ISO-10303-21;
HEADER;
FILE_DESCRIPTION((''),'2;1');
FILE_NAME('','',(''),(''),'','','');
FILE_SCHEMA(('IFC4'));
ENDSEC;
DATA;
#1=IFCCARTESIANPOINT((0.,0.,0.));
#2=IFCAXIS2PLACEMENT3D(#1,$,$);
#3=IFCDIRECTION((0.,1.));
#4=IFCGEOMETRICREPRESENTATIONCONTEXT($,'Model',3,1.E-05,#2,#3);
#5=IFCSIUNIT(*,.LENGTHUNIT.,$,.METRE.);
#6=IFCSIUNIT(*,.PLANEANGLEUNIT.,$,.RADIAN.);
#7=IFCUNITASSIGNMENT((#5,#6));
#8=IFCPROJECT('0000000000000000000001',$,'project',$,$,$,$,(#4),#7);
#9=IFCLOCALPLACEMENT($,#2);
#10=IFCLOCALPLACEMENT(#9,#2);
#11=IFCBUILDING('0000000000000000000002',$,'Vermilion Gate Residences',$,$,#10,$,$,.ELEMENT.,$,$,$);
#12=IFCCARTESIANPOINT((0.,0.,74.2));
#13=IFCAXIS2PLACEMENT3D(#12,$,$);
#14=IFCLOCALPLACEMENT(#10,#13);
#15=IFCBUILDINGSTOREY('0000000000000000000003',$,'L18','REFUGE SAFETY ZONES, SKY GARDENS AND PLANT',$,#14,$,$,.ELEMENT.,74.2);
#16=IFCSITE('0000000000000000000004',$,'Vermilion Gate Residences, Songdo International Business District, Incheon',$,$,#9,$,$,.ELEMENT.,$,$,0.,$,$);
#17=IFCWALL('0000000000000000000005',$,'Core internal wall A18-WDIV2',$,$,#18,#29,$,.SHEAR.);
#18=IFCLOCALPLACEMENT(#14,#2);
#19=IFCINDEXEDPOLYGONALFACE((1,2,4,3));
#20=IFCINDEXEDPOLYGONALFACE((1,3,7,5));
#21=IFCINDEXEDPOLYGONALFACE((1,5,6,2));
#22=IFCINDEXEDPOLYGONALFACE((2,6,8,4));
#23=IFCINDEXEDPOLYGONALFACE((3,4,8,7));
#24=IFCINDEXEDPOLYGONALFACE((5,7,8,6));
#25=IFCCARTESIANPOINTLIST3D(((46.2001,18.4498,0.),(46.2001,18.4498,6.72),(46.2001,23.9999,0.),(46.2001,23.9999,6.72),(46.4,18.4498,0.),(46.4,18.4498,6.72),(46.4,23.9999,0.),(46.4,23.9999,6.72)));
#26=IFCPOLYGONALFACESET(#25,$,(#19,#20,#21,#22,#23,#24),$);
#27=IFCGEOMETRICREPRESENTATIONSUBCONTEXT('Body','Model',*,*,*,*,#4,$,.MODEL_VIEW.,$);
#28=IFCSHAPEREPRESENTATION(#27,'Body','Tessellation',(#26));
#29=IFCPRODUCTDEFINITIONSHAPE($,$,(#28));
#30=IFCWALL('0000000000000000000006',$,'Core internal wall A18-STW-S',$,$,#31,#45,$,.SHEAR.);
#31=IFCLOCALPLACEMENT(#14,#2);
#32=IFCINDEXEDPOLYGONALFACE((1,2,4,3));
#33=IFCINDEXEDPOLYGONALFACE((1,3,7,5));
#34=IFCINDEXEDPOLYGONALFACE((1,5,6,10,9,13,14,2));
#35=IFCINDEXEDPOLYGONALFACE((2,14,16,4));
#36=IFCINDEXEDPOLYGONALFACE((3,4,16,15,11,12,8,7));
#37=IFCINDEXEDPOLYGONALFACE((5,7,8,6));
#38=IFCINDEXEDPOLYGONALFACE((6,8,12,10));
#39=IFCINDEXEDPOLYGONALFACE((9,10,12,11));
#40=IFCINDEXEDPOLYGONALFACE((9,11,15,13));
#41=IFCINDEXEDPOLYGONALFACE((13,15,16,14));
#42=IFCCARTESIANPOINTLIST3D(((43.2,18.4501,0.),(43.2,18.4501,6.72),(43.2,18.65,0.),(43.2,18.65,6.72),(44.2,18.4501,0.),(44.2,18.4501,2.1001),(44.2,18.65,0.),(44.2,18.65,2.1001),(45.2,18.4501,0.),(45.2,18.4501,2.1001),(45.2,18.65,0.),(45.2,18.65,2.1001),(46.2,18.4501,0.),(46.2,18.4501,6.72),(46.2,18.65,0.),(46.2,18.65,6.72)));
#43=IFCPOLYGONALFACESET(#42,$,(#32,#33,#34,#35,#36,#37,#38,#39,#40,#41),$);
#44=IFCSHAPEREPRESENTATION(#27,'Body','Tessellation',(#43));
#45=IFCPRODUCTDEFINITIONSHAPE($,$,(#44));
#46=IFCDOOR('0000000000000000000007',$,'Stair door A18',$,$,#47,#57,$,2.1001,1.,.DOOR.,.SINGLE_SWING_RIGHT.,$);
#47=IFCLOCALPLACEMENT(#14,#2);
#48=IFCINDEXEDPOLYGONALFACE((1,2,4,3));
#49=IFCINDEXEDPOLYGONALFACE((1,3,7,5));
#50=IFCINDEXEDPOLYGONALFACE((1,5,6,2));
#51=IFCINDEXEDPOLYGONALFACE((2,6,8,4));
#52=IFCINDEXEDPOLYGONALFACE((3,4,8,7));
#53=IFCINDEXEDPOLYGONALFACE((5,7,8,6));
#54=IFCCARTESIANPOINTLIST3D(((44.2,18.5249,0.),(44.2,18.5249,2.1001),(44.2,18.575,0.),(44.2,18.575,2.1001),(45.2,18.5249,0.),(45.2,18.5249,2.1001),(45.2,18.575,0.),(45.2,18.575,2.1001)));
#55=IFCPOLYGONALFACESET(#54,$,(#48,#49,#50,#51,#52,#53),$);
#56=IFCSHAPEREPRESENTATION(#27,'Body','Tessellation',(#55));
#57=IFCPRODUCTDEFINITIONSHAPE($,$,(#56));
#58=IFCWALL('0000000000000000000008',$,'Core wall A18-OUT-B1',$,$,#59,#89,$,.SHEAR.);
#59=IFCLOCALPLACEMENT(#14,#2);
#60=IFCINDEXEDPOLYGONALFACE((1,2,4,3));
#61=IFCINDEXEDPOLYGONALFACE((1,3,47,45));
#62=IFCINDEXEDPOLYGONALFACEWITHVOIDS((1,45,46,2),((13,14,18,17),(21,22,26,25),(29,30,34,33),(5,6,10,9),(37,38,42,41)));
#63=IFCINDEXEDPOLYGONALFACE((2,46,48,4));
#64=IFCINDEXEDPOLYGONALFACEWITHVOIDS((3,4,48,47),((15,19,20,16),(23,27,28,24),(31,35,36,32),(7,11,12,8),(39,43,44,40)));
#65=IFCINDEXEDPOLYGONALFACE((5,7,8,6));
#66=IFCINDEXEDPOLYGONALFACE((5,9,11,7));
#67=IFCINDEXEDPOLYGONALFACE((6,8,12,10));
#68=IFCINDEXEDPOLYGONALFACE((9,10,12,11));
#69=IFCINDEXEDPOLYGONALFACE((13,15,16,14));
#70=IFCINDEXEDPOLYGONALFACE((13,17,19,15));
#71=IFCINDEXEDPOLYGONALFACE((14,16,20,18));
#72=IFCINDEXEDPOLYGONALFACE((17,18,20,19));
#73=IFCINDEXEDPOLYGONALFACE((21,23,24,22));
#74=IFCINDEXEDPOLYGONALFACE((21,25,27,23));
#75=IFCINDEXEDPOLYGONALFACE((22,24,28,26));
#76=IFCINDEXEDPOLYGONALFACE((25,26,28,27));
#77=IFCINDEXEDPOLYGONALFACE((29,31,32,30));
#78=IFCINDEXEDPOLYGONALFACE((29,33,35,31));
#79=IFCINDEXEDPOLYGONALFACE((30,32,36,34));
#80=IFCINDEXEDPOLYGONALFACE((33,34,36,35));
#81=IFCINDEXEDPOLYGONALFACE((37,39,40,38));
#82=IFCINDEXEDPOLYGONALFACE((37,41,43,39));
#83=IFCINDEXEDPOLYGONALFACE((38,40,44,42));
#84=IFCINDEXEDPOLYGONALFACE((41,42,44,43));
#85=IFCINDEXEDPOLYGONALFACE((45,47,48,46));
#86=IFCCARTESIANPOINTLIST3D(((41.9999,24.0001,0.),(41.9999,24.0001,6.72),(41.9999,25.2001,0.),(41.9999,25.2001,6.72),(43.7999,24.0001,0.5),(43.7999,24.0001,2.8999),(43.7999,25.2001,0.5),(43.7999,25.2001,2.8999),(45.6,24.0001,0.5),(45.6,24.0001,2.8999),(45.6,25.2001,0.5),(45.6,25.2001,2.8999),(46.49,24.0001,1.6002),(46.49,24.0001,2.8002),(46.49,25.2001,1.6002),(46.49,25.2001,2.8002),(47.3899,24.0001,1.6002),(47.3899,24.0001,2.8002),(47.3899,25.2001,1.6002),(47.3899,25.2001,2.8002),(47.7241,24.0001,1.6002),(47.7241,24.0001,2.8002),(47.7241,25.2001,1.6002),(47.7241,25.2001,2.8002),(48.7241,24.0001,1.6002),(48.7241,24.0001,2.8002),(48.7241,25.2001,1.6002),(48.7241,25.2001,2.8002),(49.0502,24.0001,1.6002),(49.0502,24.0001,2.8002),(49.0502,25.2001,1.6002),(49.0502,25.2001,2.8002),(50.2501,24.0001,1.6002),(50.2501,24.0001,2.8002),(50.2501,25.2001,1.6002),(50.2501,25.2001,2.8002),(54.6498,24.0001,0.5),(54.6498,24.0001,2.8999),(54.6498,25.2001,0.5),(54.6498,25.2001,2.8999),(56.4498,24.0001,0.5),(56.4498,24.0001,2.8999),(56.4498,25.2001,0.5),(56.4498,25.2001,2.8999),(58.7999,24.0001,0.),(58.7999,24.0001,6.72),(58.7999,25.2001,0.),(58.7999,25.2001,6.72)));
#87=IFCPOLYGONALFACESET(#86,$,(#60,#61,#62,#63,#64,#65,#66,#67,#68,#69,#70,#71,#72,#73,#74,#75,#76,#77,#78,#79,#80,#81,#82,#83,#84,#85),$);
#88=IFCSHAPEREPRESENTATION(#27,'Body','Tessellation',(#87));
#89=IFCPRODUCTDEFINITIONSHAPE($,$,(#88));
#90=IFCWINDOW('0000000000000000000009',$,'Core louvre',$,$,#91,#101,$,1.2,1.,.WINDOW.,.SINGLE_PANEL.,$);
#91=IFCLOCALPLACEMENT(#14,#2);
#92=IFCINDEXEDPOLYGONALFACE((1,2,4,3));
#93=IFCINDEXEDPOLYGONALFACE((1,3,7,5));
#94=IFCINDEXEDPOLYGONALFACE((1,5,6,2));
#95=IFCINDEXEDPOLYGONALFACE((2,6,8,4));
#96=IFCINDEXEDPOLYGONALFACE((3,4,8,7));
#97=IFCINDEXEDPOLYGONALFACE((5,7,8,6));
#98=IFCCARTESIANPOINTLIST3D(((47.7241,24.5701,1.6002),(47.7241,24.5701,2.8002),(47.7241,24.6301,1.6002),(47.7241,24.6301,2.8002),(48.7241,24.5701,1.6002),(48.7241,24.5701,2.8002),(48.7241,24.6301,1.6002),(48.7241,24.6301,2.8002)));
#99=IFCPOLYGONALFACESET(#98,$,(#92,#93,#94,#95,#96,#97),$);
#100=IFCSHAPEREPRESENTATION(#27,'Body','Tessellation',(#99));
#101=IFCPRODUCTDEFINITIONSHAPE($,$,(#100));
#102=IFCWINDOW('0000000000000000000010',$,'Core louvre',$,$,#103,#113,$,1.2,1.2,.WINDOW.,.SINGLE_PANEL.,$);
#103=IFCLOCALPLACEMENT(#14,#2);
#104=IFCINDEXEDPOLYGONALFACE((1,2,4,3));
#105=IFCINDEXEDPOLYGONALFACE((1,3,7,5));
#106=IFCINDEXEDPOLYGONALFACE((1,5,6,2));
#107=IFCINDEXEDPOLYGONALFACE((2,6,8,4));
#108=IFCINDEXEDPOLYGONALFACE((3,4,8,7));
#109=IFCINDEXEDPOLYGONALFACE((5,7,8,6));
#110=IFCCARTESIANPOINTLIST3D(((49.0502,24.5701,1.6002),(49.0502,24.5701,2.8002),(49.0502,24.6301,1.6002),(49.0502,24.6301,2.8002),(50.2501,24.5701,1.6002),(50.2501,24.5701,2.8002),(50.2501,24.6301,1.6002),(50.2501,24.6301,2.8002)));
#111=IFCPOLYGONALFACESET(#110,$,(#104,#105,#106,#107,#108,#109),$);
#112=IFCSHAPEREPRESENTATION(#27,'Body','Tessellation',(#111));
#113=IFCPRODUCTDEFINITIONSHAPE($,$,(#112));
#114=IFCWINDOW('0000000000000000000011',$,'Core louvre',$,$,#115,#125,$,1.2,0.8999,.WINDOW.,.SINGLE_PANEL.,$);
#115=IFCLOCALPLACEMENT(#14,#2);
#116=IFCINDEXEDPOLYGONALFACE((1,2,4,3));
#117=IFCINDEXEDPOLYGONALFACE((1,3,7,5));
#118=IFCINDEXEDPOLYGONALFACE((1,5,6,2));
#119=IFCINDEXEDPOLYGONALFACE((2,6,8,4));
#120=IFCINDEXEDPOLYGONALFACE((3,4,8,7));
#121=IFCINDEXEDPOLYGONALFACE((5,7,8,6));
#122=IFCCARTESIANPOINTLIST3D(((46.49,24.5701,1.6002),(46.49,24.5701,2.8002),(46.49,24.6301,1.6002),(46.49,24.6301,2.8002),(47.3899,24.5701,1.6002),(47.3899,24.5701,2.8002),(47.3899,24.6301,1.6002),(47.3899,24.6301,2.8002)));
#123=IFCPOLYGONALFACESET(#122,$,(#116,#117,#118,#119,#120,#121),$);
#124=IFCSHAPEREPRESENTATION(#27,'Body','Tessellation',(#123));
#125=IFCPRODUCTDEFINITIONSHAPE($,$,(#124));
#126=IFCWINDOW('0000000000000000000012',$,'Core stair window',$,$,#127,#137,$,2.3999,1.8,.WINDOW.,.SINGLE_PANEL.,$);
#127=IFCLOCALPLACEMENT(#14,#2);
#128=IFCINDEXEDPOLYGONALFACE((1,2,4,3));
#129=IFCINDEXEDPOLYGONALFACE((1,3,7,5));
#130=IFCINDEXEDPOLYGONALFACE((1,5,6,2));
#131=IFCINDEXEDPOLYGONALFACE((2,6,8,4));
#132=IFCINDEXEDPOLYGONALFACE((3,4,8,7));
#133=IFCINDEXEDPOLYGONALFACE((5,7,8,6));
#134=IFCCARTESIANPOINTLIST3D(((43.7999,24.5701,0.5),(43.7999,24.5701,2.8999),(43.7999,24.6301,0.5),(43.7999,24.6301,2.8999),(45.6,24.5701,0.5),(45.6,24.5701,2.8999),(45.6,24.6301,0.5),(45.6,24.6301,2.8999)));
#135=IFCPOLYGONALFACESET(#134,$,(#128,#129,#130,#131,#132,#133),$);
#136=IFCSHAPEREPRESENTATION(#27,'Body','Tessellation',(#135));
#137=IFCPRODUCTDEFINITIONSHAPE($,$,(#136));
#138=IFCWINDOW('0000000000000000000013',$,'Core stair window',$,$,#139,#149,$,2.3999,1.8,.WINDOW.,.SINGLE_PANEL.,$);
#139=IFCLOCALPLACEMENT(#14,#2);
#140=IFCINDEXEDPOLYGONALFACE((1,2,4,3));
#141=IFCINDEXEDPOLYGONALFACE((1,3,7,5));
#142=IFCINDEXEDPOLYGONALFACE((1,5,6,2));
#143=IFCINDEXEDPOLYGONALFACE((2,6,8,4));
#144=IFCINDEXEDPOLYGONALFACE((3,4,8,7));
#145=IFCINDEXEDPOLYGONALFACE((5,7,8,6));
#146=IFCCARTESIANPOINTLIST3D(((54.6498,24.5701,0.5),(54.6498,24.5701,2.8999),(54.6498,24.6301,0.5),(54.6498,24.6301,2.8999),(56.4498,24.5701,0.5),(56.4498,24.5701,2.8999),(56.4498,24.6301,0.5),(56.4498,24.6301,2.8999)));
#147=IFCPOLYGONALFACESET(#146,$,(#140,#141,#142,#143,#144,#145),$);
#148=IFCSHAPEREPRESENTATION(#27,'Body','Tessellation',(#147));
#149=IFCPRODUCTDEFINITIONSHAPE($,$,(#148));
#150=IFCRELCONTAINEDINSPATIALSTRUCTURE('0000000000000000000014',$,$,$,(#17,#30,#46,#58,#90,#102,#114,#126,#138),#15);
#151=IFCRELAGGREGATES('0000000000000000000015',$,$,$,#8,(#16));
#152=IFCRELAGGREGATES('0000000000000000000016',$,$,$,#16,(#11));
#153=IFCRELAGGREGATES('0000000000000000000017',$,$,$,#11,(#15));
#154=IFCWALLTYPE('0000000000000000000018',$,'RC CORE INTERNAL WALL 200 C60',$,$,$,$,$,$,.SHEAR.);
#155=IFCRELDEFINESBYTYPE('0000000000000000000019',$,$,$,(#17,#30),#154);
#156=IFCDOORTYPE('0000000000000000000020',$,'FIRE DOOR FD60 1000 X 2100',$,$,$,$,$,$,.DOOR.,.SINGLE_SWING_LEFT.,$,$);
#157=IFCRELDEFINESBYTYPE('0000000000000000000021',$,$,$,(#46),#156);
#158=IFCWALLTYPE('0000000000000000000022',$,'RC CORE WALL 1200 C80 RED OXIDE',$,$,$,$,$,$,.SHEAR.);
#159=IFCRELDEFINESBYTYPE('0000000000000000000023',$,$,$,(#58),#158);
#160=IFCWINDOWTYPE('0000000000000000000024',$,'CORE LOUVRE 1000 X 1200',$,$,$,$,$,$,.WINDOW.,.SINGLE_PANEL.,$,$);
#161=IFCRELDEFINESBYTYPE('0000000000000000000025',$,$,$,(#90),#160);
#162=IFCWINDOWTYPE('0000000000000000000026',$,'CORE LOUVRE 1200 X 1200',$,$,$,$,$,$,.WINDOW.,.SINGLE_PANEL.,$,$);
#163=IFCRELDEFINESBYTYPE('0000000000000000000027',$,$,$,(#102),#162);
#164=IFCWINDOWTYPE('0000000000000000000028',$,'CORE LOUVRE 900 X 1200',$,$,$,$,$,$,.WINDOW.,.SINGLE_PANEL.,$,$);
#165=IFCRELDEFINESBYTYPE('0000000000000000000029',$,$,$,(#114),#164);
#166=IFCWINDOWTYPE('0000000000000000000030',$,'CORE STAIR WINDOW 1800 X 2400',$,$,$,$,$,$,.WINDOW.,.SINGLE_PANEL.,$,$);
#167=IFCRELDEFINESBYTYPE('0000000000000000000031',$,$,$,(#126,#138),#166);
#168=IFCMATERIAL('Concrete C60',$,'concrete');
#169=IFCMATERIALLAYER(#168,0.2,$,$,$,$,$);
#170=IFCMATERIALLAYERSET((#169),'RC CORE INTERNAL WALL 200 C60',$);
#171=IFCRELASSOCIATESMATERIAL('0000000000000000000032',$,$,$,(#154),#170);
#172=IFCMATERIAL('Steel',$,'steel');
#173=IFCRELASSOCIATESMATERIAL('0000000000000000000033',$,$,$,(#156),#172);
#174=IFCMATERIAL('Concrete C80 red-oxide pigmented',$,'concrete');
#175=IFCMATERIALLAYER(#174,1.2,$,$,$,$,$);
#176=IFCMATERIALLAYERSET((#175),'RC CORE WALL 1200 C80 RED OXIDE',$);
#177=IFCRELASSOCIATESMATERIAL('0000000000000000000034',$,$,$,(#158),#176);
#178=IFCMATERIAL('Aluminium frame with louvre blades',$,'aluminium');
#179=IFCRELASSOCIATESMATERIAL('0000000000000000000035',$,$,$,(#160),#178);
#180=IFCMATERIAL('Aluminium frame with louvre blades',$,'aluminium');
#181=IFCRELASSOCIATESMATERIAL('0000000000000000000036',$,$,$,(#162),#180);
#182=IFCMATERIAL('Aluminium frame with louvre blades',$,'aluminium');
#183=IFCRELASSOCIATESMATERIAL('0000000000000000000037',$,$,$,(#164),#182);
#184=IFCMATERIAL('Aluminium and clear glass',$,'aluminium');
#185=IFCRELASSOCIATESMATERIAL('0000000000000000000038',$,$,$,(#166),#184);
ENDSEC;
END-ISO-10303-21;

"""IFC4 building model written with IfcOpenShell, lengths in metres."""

from ifc_helpers import new_model, si_unit, direction, frame, frame_2d, origin, place, context, subcontext, project, spatial, rectangle, extrude, material, layer, layer_set, type_object, element, fill, save


model = new_model("IFC4")

# Units and contexts
model_context = context("Model", 3, precision=1e-05, world=origin(), true_north=direction((0.0, 1.0)))
body_context = subcontext(model_context, "Body", "Model", "MODEL_VIEW")
ifc_project = project(units=[si_unit("LENGTHUNIT", "METRE"), si_unit("PLANEANGLEUNIT", "RADIAN")], contexts=[model_context])

# Site, building, storey
site_placement = place(None, origin())
site = spatial("IfcSite", under=ifc_project, at=site_placement, Name="Vermilion Gate Residences, Songdo International Business District, Incheon", CompositionType="ELEMENT", RefElevation=0.0)
building_placement = place(site_placement, origin())
building = spatial("IfcBuilding", under=site, at=building_placement, Name="Vermilion Gate Residences", CompositionType="ELEMENT")
storey_placement = place(building_placement, frame((0.0, 0.0, 74.2)))
storey = spatial("IfcBuildingStorey", under=building, at=storey_placement, Name="L18", Description="REFUGE SAFETY ZONES, SKY GARDENS AND PLANT", CompositionType="ELEMENT", Elevation=74.2)

# Wall
ifc_material_1 = material(Name="Concrete C60", Category="concrete")
ifc_layer_1 = layer(ifc_material_1, 0.2)
ifc_layer_set_1 = layer_set([ifc_layer_1], Name="RC CORE INTERNAL WALL 200 C60")
wall_type_1 = type_object("IfcWallType", Name="RC CORE INTERNAL WALL 200 C60", PredefinedType="SHEAR", material=ifc_layer_set_1)
wall_1_placement = place(storey_placement, frame((46.3, 18.45, 0.0), z_axis=(0.0, 0.0, 1.0), x_axis=(0.0, 1.0, 0.0)))
element("IfcWall", 1, at=wall_1_placement, inside=storey, type_object=wall_type_1, Name="Core internal wall A18-WDIV2", PredefinedType="SHEAR", context=body_context, shape_type="SweptSolid", body=[
    extrude(rectangle(XDim=5.55, YDim=0.2, at=frame_2d((2.7749, 0.0))), origin(), (0.0, 0.0, 1.0), 6.72),
])

# Wall, opening, door
wall_2_placement = place(storey_placement, frame((43.2, 18.55, 0.0), z_axis=(0.0, 0.0, 1.0), x_axis=(1.0, 0.0, 0.0)))
wall_2 = element("IfcWall", 2, at=wall_2_placement, inside=storey, type_object=wall_type_1, Name="Core internal wall A18-STW-S", PredefinedType="SHEAR", context=body_context, shape_type="SweptSolid", body=[
    extrude(rectangle(XDim=3.0, YDim=0.2, at=frame_2d((1.5, 0.0))), origin(), (0.0, 0.0, 1.0), 6.72),
])
opening_1_placement = place(wall_2_placement, frame((1.0, 0.0, 0.0)))
opening_1 = element("IfcOpeningElement", 3, at=opening_1_placement, cuts=wall_2, PredefinedType="OPENING", context=body_context, shape_type="SweptSolid", body=[
    extrude(rectangle(XDim=1.0, YDim=2.1001, at=frame_2d((0.5, 1.05))), frame((0.0, 0.1099, 0.0), z_axis=(0.0, -1.0, 0.0), x_axis=(1.0, 0.0, 0.0)), (0.0, 0.0, 1.0), 0.22),
])
ifc_material_2 = material(Name="Steel", Category="steel")
door_type = type_object("IfcDoorType", Name="FIRE DOOR FD60 1000 X 2100", OperationType="SINGLE_SWING_LEFT", PredefinedType="DOOR", material=ifc_material_2)
door_placement = place(opening_1_placement, origin())
door = element("IfcDoor", 4, at=door_placement, inside=storey, type_object=door_type, Name="Stair door A18", OperationType="SINGLE_SWING_RIGHT", OverallHeight=2.1001, OverallWidth=1.0, PredefinedType="DOOR", context=body_context, shape_type="SweptSolid", body=[
    extrude(rectangle(XDim=1.0, YDim=2.1001, at=frame_2d((0.5, 1.05))), frame((0.0, 0.0249, 0.0), z_axis=(0.0, -1.0, 0.0), x_axis=(1.0, 0.0, 0.0)), (0.0, 0.0, 1.0), 0.05),
])
fill(opening_1, door)

# Wall, openings, windows
ifc_material_3 = material(Name="Concrete C80 red-oxide pigmented", Category="concrete")
ifc_layer_2 = layer(ifc_material_3, 1.2)
ifc_layer_set_2 = layer_set([ifc_layer_2], Name="RC CORE WALL 1200 C80 RED OXIDE")
wall_type_2 = type_object("IfcWallType", Name="RC CORE WALL 1200 C80 RED OXIDE", PredefinedType="SHEAR", material=ifc_layer_set_2)
wall_3_placement = place(storey_placement, frame((42.0, 24.6001, 0.0), z_axis=(0.0, 0.0, 1.0), x_axis=(1.0, 0.0, 0.0)))
wall_3 = element("IfcWall", 5, at=wall_3_placement, inside=storey, type_object=wall_type_2, Name="Core wall A18-OUT-B1", PredefinedType="SHEAR", context=body_context, shape_type="SweptSolid", body=[
    extrude(rectangle(XDim=16.8, YDim=1.2, at=frame_2d((8.3999, 0.0))), origin(), (0.0, 0.0, 1.0), 6.72),
])
opening_2_placement = place(wall_3_placement, frame((1.8, 0.0, 0.5)))
opening_2 = element("IfcOpeningElement", 6, at=opening_2_placement, cuts=wall_3, PredefinedType="OPENING", context=body_context, shape_type="SweptSolid", body=[
    extrude(rectangle(XDim=1.8, YDim=2.3999, at=frame_2d((0.8999, 1.2))), frame((0.0, 0.6099, 0.0), z_axis=(0.0, -1.0, 0.0), x_axis=(1.0, 0.0, 0.0)), (0.0, 0.0, 1.0), 1.22),
])
opening_3_placement = place(wall_3_placement, frame((4.49, 0.0, 1.6001)))
opening_3 = element("IfcOpeningElement", 7, at=opening_3_placement, cuts=wall_3, PredefinedType="OPENING", context=body_context, shape_type="SweptSolid", body=[
    extrude(rectangle(XDim=0.8999, YDim=1.2, at=frame_2d((0.45, 0.6001))), frame((0.0, 0.6099, 0.0), z_axis=(0.0, -1.0, 0.0), x_axis=(1.0, 0.0, 0.0)), (0.0, 0.0, 1.0), 1.22),
])
opening_4_placement = place(wall_3_placement, frame((5.7241, 0.0, 1.6001)))
opening_4 = element("IfcOpeningElement", 8, at=opening_4_placement, cuts=wall_3, PredefinedType="OPENING", context=body_context, shape_type="SweptSolid", body=[
    extrude(rectangle(XDim=1.0, YDim=1.2, at=frame_2d((0.5, 0.6001))), frame((0.0, 0.6099, 0.0), z_axis=(0.0, -1.0, 0.0), x_axis=(1.0, 0.0, 0.0)), (0.0, 0.0, 1.0), 1.22),
])
opening_5_placement = place(wall_3_placement, frame((7.05, 0.0, 1.6001)))
opening_5 = element("IfcOpeningElement", 9, at=opening_5_placement, cuts=wall_3, PredefinedType="OPENING", context=body_context, shape_type="SweptSolid", body=[
    extrude(rectangle(XDim=1.2, YDim=1.2, at=frame_2d((0.6001, 0.6001))), frame((0.0, 0.6099, 0.0), z_axis=(0.0, -1.0, 0.0), x_axis=(1.0, 0.0, 0.0)), (0.0, 0.0, 1.0), 1.22),
])
opening_6_placement = place(wall_3_placement, frame((12.6499, 0.0, 0.5)))
opening_6 = element("IfcOpeningElement", 10, at=opening_6_placement, cuts=wall_3, PredefinedType="OPENING", context=body_context, shape_type="SweptSolid", body=[
    extrude(rectangle(XDim=1.8, YDim=2.3999, at=frame_2d((0.8999, 1.2))), frame((0.0, 0.6099, 0.0), z_axis=(0.0, -1.0, 0.0), x_axis=(1.0, 0.0, 0.0)), (0.0, 0.0, 1.0), 1.22),
])
ifc_material_4 = material(Name="Aluminium frame with louvre blades", Category="aluminium")
window_type_1 = type_object("IfcWindowType", Name="CORE LOUVRE 1000 X 1200", PartitioningType="SINGLE_PANEL", PredefinedType="WINDOW", material=ifc_material_4)
window_1_placement = place(opening_4_placement, origin())
window_1 = element("IfcWindow", 11, at=window_1_placement, inside=storey, type_object=window_type_1, Name="Core louvre", OverallHeight=1.2, OverallWidth=1.0, PartitioningType="SINGLE_PANEL", PredefinedType="WINDOW", context=body_context, shape_type="SweptSolid", body=[
    extrude(rectangle(XDim=1.0, YDim=1.2, at=frame_2d((0.5, 0.6001))), frame((0.0, 0.03, 0.0), z_axis=(0.0, -1.0, 0.0), x_axis=(1.0, 0.0, 0.0)), (0.0, 0.0, 1.0), 0.0601),
])
fill(opening_4, window_1)
ifc_material_5 = material(Name="Aluminium frame with louvre blades", Category="aluminium")
window_type_2 = type_object("IfcWindowType", Name="CORE LOUVRE 1200 X 1200", PartitioningType="SINGLE_PANEL", PredefinedType="WINDOW", material=ifc_material_5)
window_2_placement = place(opening_5_placement, origin())
window_2 = element("IfcWindow", 12, at=window_2_placement, inside=storey, type_object=window_type_2, Name="Core louvre", OverallHeight=1.2, OverallWidth=1.2, PartitioningType="SINGLE_PANEL", PredefinedType="WINDOW", context=body_context, shape_type="SweptSolid", body=[
    extrude(rectangle(XDim=1.2, YDim=1.2, at=frame_2d((0.6001, 0.6001))), frame((0.0, 0.03, 0.0), z_axis=(0.0, -1.0, 0.0), x_axis=(1.0, 0.0, 0.0)), (0.0, 0.0, 1.0), 0.0601),
])
fill(opening_5, window_2)
ifc_material_6 = material(Name="Aluminium frame with louvre blades", Category="aluminium")
window_type_3 = type_object("IfcWindowType", Name="CORE LOUVRE 900 X 1200", PartitioningType="SINGLE_PANEL", PredefinedType="WINDOW", material=ifc_material_6)
window_3_placement = place(opening_3_placement, origin())
window_3 = element("IfcWindow", 13, at=window_3_placement, inside=storey, type_object=window_type_3, Name="Core louvre", OverallHeight=1.2, OverallWidth=0.8999, PartitioningType="SINGLE_PANEL", PredefinedType="WINDOW", context=body_context, shape_type="SweptSolid", body=[
    extrude(rectangle(XDim=0.8999, YDim=1.2, at=frame_2d((0.45, 0.6001))), frame((0.0, 0.03, 0.0), z_axis=(0.0, -1.0, 0.0), x_axis=(1.0, 0.0, 0.0)), (0.0, 0.0, 1.0), 0.0601),
])
fill(opening_3, window_3)
ifc_material_7 = material(Name="Aluminium and clear glass", Category="aluminium")
window_type_4 = type_object("IfcWindowType", Name="CORE STAIR WINDOW 1800 X 2400", PartitioningType="SINGLE_PANEL", PredefinedType="WINDOW", material=ifc_material_7)
window_4_placement = place(opening_2_placement, origin())
window_4 = element("IfcWindow", 14, at=window_4_placement, inside=storey, type_object=window_type_4, Name="Core stair window", OverallHeight=2.3999, OverallWidth=1.8, PartitioningType="SINGLE_PANEL", PredefinedType="WINDOW", context=body_context, shape_type="SweptSolid", body=[
    extrude(rectangle(XDim=1.8, YDim=2.3999, at=frame_2d((0.8999, 1.2))), frame((0.0, 0.03, 0.0), z_axis=(0.0, -1.0, 0.0), x_axis=(1.0, 0.0, 0.0)), (0.0, 0.0, 1.0), 0.0601),
])
fill(opening_2, window_4)
window_5_placement = place(opening_6_placement, origin())
window_5 = element("IfcWindow", 15, at=window_5_placement, inside=storey, type_object=window_type_4, Name="Core stair window", OverallHeight=2.3999, OverallWidth=1.8, PartitioningType="SINGLE_PANEL", PredefinedType="WINDOW", context=body_context, shape_type="SweptSolid", body=[
    extrude(rectangle(XDim=1.8, YDim=2.3999, at=frame_2d((0.8999, 1.2))), frame((0.0, 0.03, 0.0), z_axis=(0.0, -1.0, 0.0), x_axis=(1.0, 0.0, 0.0)), (0.0, 0.0, 1.0), 0.0601),
])
fill(opening_6, window_5)

save(model, "model.ifc")
